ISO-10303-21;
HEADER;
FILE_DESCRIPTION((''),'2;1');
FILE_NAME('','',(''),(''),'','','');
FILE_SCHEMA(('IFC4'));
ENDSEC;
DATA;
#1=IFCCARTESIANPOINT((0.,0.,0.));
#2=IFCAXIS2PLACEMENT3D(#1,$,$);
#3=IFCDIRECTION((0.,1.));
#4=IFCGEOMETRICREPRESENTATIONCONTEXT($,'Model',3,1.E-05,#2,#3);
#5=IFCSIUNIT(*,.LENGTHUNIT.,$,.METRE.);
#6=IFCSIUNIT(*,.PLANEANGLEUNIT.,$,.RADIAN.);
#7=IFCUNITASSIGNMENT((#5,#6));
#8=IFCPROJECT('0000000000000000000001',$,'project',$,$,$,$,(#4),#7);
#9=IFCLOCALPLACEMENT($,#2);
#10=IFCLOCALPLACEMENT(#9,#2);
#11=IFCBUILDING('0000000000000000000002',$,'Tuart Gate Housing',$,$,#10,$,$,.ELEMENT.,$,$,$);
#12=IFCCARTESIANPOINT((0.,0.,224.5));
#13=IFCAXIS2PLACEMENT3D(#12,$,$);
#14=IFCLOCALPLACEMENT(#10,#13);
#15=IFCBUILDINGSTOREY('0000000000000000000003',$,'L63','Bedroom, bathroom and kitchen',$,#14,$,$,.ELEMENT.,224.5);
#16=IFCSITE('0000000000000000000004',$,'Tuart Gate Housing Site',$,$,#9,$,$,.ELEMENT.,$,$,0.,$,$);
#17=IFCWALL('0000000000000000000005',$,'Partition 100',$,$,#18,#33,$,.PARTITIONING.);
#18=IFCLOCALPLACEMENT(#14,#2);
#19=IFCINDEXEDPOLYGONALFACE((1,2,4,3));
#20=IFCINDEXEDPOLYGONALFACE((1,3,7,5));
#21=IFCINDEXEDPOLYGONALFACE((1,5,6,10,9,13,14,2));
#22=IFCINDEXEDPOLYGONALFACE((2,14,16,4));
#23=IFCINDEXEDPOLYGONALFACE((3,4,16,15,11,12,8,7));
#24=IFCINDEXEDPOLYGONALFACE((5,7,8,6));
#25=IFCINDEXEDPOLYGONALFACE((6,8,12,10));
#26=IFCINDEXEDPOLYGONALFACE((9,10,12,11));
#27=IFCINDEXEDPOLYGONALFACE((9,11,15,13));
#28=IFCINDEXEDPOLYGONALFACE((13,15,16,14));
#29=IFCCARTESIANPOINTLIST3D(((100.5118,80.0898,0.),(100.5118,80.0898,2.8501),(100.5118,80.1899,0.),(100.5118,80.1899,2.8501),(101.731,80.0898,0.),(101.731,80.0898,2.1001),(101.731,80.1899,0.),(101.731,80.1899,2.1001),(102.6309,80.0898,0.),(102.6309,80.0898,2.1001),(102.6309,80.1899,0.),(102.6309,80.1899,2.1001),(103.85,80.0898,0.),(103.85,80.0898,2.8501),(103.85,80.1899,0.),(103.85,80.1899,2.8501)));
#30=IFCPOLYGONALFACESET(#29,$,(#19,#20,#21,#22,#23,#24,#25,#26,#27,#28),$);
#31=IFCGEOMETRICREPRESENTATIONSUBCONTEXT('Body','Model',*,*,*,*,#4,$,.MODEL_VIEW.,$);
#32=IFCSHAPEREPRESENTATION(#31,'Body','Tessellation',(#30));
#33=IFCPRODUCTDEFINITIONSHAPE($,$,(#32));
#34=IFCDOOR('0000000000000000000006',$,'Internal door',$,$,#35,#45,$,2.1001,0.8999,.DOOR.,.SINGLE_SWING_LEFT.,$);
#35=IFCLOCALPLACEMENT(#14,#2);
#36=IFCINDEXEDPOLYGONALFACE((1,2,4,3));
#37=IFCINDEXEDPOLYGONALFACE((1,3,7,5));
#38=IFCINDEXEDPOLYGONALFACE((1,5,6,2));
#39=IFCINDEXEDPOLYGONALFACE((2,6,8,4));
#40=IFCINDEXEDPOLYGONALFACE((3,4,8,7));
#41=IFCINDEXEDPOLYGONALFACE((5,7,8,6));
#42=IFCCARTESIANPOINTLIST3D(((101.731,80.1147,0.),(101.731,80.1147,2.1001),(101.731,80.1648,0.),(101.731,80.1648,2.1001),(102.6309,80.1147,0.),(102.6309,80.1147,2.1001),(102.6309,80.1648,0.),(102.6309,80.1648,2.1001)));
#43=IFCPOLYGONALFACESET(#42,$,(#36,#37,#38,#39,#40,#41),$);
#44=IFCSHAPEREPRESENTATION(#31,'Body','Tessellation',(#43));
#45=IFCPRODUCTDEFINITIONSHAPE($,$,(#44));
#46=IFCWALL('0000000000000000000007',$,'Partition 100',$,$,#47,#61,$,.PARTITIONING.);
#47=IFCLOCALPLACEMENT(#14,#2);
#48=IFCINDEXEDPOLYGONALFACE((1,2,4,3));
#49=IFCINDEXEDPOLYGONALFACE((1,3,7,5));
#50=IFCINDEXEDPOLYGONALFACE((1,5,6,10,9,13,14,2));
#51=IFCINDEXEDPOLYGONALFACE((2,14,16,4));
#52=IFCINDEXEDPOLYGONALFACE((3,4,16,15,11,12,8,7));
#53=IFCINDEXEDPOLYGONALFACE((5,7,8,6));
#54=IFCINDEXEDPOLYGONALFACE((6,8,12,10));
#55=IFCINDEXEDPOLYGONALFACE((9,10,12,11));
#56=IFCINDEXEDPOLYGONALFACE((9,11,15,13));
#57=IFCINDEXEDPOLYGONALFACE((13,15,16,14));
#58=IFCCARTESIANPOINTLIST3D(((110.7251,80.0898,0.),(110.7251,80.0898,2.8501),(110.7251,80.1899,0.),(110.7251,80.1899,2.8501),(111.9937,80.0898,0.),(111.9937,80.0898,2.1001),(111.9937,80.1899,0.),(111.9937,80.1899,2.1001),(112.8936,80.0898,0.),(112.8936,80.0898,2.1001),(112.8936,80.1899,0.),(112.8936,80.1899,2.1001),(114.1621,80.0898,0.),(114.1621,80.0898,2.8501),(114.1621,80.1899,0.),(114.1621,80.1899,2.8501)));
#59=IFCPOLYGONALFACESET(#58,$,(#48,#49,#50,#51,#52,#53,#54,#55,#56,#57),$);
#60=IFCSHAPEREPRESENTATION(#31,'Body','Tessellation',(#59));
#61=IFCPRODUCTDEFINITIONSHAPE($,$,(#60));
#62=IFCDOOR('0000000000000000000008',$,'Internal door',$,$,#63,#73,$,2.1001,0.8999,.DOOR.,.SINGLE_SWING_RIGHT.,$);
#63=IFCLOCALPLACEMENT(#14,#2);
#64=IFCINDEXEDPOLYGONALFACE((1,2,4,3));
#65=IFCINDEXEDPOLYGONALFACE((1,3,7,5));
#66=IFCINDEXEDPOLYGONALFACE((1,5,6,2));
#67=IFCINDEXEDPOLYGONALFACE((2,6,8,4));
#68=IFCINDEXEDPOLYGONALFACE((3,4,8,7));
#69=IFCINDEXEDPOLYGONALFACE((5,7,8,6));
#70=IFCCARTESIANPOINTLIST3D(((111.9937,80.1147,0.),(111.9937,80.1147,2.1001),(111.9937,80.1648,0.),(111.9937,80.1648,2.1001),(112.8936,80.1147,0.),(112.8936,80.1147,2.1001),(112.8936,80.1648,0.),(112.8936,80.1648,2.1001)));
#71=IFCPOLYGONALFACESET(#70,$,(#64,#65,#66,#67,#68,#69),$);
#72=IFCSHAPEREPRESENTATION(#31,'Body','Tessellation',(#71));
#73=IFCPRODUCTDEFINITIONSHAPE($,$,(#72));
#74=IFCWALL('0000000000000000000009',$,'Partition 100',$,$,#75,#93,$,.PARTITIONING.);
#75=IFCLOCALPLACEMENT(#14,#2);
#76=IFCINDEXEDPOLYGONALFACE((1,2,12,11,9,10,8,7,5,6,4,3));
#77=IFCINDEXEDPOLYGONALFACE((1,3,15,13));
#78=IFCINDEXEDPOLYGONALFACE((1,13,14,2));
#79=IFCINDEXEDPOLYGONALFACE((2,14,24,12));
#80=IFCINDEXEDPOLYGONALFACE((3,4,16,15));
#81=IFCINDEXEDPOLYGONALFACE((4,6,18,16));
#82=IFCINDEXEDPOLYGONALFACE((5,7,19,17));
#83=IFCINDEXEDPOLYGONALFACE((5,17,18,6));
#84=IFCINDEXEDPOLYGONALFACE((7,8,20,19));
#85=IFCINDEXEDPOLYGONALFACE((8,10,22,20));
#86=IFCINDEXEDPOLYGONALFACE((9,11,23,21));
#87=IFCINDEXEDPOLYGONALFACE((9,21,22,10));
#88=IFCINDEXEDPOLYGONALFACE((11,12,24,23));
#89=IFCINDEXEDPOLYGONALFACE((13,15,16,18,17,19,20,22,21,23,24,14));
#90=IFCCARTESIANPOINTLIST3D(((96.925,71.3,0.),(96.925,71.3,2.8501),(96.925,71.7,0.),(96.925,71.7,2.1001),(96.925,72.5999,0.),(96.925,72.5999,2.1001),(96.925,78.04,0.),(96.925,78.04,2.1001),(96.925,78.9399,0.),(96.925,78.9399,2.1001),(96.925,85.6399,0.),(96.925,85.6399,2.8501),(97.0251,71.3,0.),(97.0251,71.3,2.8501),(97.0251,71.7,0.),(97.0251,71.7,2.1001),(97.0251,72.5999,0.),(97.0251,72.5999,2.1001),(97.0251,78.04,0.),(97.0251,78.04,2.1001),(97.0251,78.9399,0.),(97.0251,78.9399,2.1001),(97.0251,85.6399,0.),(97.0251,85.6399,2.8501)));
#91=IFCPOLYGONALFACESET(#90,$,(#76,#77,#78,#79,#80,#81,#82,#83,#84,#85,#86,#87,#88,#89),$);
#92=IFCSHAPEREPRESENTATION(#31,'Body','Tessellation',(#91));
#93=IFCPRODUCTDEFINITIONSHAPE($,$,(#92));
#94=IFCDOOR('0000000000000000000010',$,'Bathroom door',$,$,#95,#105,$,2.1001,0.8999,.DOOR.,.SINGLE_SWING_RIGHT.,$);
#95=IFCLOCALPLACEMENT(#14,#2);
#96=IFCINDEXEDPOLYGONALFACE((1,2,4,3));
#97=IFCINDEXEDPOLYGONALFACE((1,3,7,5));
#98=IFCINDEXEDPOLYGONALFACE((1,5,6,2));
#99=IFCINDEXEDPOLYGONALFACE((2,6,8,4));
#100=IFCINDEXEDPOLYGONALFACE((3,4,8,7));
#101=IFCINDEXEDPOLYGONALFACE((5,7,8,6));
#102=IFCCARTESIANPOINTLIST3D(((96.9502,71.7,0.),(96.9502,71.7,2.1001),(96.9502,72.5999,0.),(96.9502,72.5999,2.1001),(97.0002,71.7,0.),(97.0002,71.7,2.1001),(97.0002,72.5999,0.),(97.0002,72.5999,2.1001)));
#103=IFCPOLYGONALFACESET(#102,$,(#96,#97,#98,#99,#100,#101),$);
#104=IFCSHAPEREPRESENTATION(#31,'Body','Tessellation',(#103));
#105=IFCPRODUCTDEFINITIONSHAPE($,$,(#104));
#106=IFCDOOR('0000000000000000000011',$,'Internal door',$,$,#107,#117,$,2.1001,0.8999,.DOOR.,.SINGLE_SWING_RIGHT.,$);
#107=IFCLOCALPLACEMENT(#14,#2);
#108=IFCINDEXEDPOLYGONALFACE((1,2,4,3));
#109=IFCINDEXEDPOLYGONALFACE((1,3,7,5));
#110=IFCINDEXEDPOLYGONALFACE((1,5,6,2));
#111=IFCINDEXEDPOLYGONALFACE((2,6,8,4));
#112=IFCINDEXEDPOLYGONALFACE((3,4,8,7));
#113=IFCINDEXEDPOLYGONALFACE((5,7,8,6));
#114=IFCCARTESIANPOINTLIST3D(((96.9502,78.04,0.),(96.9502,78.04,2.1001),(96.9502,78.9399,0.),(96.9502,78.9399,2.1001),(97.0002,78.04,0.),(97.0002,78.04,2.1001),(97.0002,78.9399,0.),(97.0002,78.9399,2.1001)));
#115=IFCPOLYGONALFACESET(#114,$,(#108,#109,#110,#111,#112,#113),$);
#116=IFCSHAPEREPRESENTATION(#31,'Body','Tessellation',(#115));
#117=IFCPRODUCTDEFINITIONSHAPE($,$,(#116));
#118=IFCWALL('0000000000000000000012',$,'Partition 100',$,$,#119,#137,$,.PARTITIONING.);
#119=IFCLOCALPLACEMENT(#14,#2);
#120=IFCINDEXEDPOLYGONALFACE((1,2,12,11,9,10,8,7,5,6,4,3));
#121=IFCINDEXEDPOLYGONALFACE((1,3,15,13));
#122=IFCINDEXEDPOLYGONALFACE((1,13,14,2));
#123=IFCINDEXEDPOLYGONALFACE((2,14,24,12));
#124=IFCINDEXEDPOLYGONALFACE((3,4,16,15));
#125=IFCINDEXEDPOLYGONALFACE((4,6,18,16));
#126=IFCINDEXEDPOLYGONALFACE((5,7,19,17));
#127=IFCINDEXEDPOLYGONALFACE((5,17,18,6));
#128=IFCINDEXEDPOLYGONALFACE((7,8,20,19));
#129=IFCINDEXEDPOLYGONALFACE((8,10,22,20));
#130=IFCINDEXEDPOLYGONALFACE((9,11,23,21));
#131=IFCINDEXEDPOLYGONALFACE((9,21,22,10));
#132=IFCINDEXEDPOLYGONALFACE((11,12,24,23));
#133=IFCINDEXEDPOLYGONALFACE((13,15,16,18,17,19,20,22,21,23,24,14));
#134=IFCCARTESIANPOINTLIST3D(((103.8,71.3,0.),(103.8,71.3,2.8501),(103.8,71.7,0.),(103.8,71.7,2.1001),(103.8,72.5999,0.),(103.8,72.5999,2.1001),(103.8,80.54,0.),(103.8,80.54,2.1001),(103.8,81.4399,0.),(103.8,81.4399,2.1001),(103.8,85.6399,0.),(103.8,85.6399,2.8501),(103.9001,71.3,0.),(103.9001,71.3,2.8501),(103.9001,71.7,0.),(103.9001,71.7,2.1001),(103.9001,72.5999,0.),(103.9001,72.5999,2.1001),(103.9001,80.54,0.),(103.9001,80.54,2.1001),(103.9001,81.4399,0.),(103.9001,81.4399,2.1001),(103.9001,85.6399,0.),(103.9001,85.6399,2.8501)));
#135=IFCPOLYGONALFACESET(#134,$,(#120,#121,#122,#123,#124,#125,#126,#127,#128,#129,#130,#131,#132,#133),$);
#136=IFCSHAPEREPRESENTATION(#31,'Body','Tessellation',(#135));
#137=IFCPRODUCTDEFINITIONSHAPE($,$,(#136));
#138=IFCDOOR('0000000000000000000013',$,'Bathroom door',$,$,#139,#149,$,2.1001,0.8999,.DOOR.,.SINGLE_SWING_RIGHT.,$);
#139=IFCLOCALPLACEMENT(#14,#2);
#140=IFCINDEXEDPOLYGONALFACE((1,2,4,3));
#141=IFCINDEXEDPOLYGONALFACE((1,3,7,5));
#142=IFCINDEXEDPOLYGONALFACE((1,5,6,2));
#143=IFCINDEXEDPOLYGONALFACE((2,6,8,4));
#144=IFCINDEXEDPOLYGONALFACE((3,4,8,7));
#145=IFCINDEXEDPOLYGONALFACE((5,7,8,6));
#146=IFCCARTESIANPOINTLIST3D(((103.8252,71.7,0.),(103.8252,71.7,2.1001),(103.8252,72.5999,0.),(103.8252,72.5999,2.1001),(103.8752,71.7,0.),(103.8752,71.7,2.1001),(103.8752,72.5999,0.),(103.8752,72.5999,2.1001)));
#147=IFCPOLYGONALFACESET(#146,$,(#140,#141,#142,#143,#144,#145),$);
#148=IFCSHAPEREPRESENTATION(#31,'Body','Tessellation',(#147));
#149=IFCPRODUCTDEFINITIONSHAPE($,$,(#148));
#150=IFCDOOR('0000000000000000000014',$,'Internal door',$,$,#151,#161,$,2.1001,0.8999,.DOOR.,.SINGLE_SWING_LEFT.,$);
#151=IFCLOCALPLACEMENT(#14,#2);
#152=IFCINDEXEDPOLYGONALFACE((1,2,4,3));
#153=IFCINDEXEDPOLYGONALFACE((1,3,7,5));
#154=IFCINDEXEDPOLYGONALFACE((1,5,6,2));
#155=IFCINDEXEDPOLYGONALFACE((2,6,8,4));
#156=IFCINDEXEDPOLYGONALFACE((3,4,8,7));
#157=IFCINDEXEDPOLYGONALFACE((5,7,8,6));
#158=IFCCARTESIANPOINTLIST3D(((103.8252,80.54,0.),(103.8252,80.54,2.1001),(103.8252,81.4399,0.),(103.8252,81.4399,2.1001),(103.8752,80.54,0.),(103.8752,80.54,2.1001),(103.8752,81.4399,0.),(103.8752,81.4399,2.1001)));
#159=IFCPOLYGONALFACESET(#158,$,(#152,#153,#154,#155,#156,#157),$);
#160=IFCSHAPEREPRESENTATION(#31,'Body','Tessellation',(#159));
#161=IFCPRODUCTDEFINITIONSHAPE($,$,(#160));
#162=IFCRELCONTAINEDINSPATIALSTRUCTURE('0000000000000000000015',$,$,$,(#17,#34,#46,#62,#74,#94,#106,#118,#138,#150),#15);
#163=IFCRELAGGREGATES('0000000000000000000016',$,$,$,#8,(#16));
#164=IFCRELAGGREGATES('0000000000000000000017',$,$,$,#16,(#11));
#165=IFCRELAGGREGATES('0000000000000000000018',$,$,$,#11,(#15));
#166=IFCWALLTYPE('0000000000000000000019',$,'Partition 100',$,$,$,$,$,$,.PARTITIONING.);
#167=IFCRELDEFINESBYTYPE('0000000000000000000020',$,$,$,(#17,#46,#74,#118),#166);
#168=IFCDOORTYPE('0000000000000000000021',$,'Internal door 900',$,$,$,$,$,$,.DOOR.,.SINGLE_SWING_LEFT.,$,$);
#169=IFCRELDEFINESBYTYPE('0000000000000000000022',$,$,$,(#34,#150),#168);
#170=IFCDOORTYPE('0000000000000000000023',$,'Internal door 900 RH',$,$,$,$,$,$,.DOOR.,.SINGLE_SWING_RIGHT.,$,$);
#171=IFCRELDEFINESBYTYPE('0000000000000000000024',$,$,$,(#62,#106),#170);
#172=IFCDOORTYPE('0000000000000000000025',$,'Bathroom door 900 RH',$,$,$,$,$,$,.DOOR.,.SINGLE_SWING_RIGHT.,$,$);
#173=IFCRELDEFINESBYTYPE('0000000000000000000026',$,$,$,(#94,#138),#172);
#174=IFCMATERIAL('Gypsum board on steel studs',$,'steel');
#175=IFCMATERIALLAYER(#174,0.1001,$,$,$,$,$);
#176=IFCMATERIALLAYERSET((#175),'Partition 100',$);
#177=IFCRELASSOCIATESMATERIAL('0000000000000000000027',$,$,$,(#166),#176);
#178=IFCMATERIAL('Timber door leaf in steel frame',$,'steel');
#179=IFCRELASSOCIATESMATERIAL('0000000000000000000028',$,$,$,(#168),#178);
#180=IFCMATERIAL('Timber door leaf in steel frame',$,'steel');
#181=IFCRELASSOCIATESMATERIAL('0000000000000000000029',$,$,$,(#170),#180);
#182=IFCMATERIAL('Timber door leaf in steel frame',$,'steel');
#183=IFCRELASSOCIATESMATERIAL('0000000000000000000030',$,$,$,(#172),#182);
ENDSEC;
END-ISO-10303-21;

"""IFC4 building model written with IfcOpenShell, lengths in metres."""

from ifc_helpers import new_model, si_unit, direction, frame, frame_2d, origin, place, context, subcontext, project, spatial, rectangle, extrude, material, layer, layer_set, type_object, element, fill, save


model = new_model("IFC4")

# Units and contexts
model_context = context("Model", 3, precision=1e-05, world=origin(), true_north=direction((0.0, 1.0)))
body_context = subcontext(model_context, "Body", "Model", "MODEL_VIEW")
ifc_project = project(units=[si_unit("LENGTHUNIT", "METRE"), si_unit("PLANEANGLEUNIT", "RADIAN")], contexts=[model_context])

# Site, building, storey
site_placement = place(None, origin())
site = spatial("IfcSite", under=ifc_project, at=site_placement, Name="Tuart Gate Housing Site", CompositionType="ELEMENT", RefElevation=0.0)
building_placement = place(site_placement, origin())
building = spatial("IfcBuilding", under=site, at=building_placement, Name="Tuart Gate Housing", CompositionType="ELEMENT")
storey_placement = place(building_placement, frame((0.0, 0.0, 224.5)))
storey = spatial("IfcBuildingStorey", under=building, at=storey_placement, Name="L63", Description="Bedroom, bathroom and kitchen", CompositionType="ELEMENT", Elevation=224.5)

# Shared definitions
ifc_material_1 = material(Name="Gypsum board on steel studs", Category="steel")
ifc_layer_1 = layer(ifc_material_1, 0.1001)
ifc_layer_set_1 = layer_set([ifc_layer_1], Name="Partition 100")
wall_type_1 = type_object("IfcWallType", Name="Partition 100", PredefinedType="PARTITIONING", material=ifc_layer_set_1)

# Walls, openings, doors
wall_1_placement = place(storey_placement, frame((100.512, 80.1399, 0.0), z_axis=(0.0, 0.0, 1.0), x_axis=(1.0, 0.0, 0.0)))
wall_1 = element("IfcWall", 1, at=wall_1_placement, inside=storey, type_object=wall_type_1, Name="Partition 100", PredefinedType="PARTITIONING", context=body_context, shape_type="SweptSolid", body=[
    extrude(rectangle(XDim=3.3381, YDim=0.1001, at=frame_2d((1.6689, 0.0))), origin(), (0.0, 0.0, 1.0), 2.8501),
])
opening_1_placement = place(wall_1_placement, frame((1.219, 0.0, 0.0)))
opening_1 = element("IfcOpeningElement", 2, at=opening_1_placement, cuts=wall_1, PredefinedType="OPENING", context=body_context, shape_type="SweptSolid", body=[
    extrude(rectangle(XDim=0.8999, YDim=2.1001, at=frame_2d((0.45, 1.05))), frame((0.0, 0.0601, 0.0), z_axis=(0.0, -1.0, 0.0), x_axis=(1.0, 0.0, 0.0)), (0.0, 0.0, 1.0), 0.1201),
])
ifc_material_2 = material(Name="Timber door leaf in steel frame", Category="steel")
door_type_1 = type_object("IfcDoorType", Name="Internal door 900", OperationType="SINGLE_SWING_LEFT", PredefinedType="DOOR", material=ifc_material_2)
door_1_placement = place(opening_1_placement, frame((0.8999, 0.0, 0.0), z_axis=(0.0, 0.0, 1.0), x_axis=(-1.0, 0.0, 0.0)))
door_1 = element("IfcDoor", 3, at=door_1_placement, inside=storey, type_object=door_type_1, Name="Internal door", OperationType="SINGLE_SWING_LEFT", OverallHeight=2.1001, OverallWidth=0.8999, PredefinedType="DOOR", context=body_context, shape_type="SweptSolid", body=[
    extrude(rectangle(XDim=0.8999, YDim=2.1001, at=frame_2d((0.45, 1.05))), frame((0.0, 0.0251, 0.0), z_axis=(0.0, -1.0, 0.0), x_axis=(1.0, 0.0, 0.0)), (0.0, 0.0, 1.0), 0.05),
])
fill(opening_1, door_1)
wall_2_placement = place(storey_placement, frame((110.7251, 80.1399, 0.0), z_axis=(0.0, 0.0, 1.0), x_axis=(1.0, 0.0, 0.0)))
wall_2 = element("IfcWall", 4, at=wall_2_placement, inside=storey, type_object=wall_type_1, Name="Partition 100", PredefinedType="PARTITIONING", context=body_context, shape_type="SweptSolid", body=[
    extrude(rectangle(XDim=3.437, YDim=0.1001, at=frame_2d((1.7185, 0.0))), origin(), (0.0, 0.0, 1.0), 2.8501),
])
opening_2_placement = place(wall_2_placement, frame((1.2686, 0.0, 0.0)))
opening_2 = element("IfcOpeningElement", 5, at=opening_2_placement, cuts=wall_2, PredefinedType="OPENING", context=body_context, shape_type="SweptSolid", body=[
    extrude(rectangle(XDim=0.8999, YDim=2.1001, at=frame_2d((0.45, 1.05))), frame((0.0, 0.0601, 0.0), z_axis=(0.0, -1.0, 0.0), x_axis=(1.0, 0.0, 0.0)), (0.0, 0.0, 1.0), 0.1201),
])
ifc_material_3 = material(Name="Timber door leaf in steel frame", Category="steel")
door_type_2 = type_object("IfcDoorType", Name="Internal door 900 RH", OperationType="SINGLE_SWING_RIGHT", PredefinedType="DOOR", material=ifc_material_3)
door_2_placement = place(opening_2_placement, frame((0.8999, 0.0, 0.0), z_axis=(0.0, 0.0, 1.0), x_axis=(-1.0, 0.0, 0.0)))
door_2 = element("IfcDoor", 6, at=door_2_placement, inside=storey, type_object=door_type_2, Name="Internal door", OperationType="SINGLE_SWING_RIGHT", OverallHeight=2.1001, OverallWidth=0.8999, PredefinedType="DOOR", context=body_context, shape_type="SweptSolid", body=[
    extrude(rectangle(XDim=0.8999, YDim=2.1001, at=frame_2d((0.45, 1.05))), frame((0.0, 0.0251, 0.0), z_axis=(0.0, -1.0, 0.0), x_axis=(1.0, 0.0, 0.0)), (0.0, 0.0, 1.0), 0.05),
])
fill(opening_2, door_2)

# Walls, openings, doors
wall_3_placement = place(storey_placement, frame((96.9751, 71.3, 0.0), z_axis=(0.0, 0.0, 1.0), x_axis=(0.0, 1.0, 0.0)))
wall_3 = element("IfcWall", 7, at=wall_3_placement, inside=storey, type_object=wall_type_1, Name="Partition 100", PredefinedType="PARTITIONING", context=body_context, shape_type="SweptSolid", body=[
    extrude(rectangle(XDim=14.3398, YDim=0.1001, at=frame_2d((7.1699, 0.0))), origin(), (0.0, 0.0, 1.0), 2.8501),
])
opening_3_placement = place(wall_3_placement, frame((6.74, 0.0, 0.0)))
opening_3 = element("IfcOpeningElement", 8, at=opening_3_placement, cuts=wall_3, PredefinedType="OPENING", context=body_context, shape_type="SweptSolid", body=[
    extrude(rectangle(XDim=0.8999, YDim=2.1001, at=frame_2d((0.45, 1.05))), frame((0.0, 0.0601, 0.0), z_axis=(0.0, -1.0, 0.0), x_axis=(1.0, 0.0, 0.0)), (0.0, 0.0, 1.0), 0.1201),
])
opening_4_placement = place(wall_3_placement, frame((0.3999, 0.0, 0.0)))
opening_4 = element("IfcOpeningElement", 9, at=opening_4_placement, cuts=wall_3, PredefinedType="OPENING", context=body_context, shape_type="SweptSolid", body=[
    extrude(rectangle(XDim=0.8999, YDim=2.1001, at=frame_2d((0.45, 1.05))), frame((0.0, 0.0601, 0.0), z_axis=(0.0, -1.0, 0.0), x_axis=(1.0, 0.0, 0.0)), (0.0, 0.0, 1.0), 0.1201),
])
ifc_material_4 = material(Name="Timber door leaf in steel frame", Category="steel")
door_type_3 = type_object("IfcDoorType", Name="Bathroom door 900 RH", OperationType="SINGLE_SWING_RIGHT", PredefinedType="DOOR", material=ifc_material_4)
door_3_placement = place(opening_4_placement, frame((0.8999, 0.0, 0.0), z_axis=(0.0, 0.0, 1.0), x_axis=(-1.0, 0.0, 0.0)))
door_3 = element("IfcDoor", 10, at=door_3_placement, inside=storey, type_object=door_type_3, Name="Bathroom door", OperationType="SINGLE_SWING_RIGHT", OverallHeight=2.1001, OverallWidth=0.8999, PredefinedType="DOOR", context=body_context, shape_type="SweptSolid", body=[
    extrude(rectangle(XDim=0.8999, YDim=2.1001, at=frame_2d((0.45, 1.05))), frame((0.0, 0.0251, 0.0), z_axis=(0.0, -1.0, 0.0), x_axis=(1.0, 0.0, 0.0)), (0.0, 0.0, 1.0), 0.05),
])
fill(opening_4, door_3)
door_4_placement = place(opening_3_placement, frame((0.8999, 0.0, 0.0), z_axis=(0.0, 0.0, 1.0), x_axis=(-1.0, 0.0, 0.0)))
door_4 = element("IfcDoor", 11, at=door_4_placement, inside=storey, type_object=door_type_2, Name="Internal door", OperationType="SINGLE_SWING_RIGHT", OverallHeight=2.1001, OverallWidth=0.8999, PredefinedType="DOOR", context=body_context, shape_type="SweptSolid", body=[
    extrude(rectangle(XDim=0.8999, YDim=2.1001, at=frame_2d((0.45, 1.05))), frame((0.0, 0.0251, 0.0), z_axis=(0.0, -1.0, 0.0), x_axis=(1.0, 0.0, 0.0)), (0.0, 0.0, 1.0), 0.05),
])
fill(opening_3, door_4)
wall_4_placement = place(storey_placement, frame((103.8501, 71.3, 0.0), z_axis=(0.0, 0.0, 1.0), x_axis=(0.0, 1.0, 0.0)))
wall_4 = element("IfcWall", 12, at=wall_4_placement, inside=storey, type_object=wall_type_1, Name="Partition 100", PredefinedType="PARTITIONING", context=body_context, shape_type="SweptSolid", body=[
    extrude(rectangle(XDim=14.3398, YDim=0.1001, at=frame_2d((7.1699, 0.0))), origin(), (0.0, 0.0, 1.0), 2.8501),
])
opening_5_placement = place(wall_4_placement, frame((9.24, 0.0, 0.0)))
opening_5 = element("IfcOpeningElement", 13, at=opening_5_placement, cuts=wall_4, PredefinedType="OPENING", context=body_context, shape_type="SweptSolid", body=[
    extrude(rectangle(XDim=0.8999, YDim=2.1001, at=frame_2d((0.45, 1.05))), frame((0.0, 0.0601, 0.0), z_axis=(0.0, -1.0, 0.0), x_axis=(1.0, 0.0, 0.0)), (0.0, 0.0, 1.0), 0.1201),
])
opening_6_placement = place(wall_4_placement, frame((0.3999, 0.0, 0.0)))
opening_6 = element("IfcOpeningElement", 14, at=opening_6_placement, cuts=wall_4, PredefinedType="OPENING", context=body_context, shape_type="SweptSolid", body=[
    extrude(rectangle(XDim=0.8999, YDim=2.1001, at=frame_2d((0.45, 1.05))), frame((0.0, 0.0601, 0.0), z_axis=(0.0, -1.0, 0.0), x_axis=(1.0, 0.0, 0.0)), (0.0, 0.0, 1.0), 0.1201),
])
door_5_placement = place(opening_6_placement, frame((0.8999, 0.0, 0.0), z_axis=(0.0, 0.0, 1.0), x_axis=(-1.0, 0.0, 0.0)))
door_5 = element("IfcDoor", 15, at=door_5_placement, inside=storey, type_object=door_type_3, Name="Bathroom door", OperationType="SINGLE_SWING_RIGHT", OverallHeight=2.1001, OverallWidth=0.8999, PredefinedType="DOOR", context=body_context, shape_type="SweptSolid", body=[
    extrude(rectangle(XDim=0.8999, YDim=2.1001, at=frame_2d((0.45, 1.05))), frame((0.0, 0.0251, 0.0), z_axis=(0.0, -1.0, 0.0), x_axis=(1.0, 0.0, 0.0)), (0.0, 0.0, 1.0), 0.05),
])
fill(opening_6, door_5)
door_6_placement = place(opening_5_placement, frame((0.8999, 0.0, 0.0), z_axis=(0.0, 0.0, 1.0), x_axis=(-1.0, 0.0, 0.0)))
door_6 = element("IfcDoor", 16, at=door_6_placement, inside=storey, type_object=door_type_1, Name="Internal door", OperationType="SINGLE_SWING_LEFT", OverallHeight=2.1001, OverallWidth=0.8999, PredefinedType="DOOR", context=body_context, shape_type="SweptSolid", body=[
    extrude(rectangle(XDim=0.8999, YDim=2.1001, at=frame_2d((0.45, 1.05))), frame((0.0, 0.0251, 0.0), z_axis=(0.0, -1.0, 0.0), x_axis=(1.0, 0.0, 0.0)), (0.0, 0.0, 1.0), 0.05),
])
fill(opening_5, door_6)

save(model, "model.ifc")
